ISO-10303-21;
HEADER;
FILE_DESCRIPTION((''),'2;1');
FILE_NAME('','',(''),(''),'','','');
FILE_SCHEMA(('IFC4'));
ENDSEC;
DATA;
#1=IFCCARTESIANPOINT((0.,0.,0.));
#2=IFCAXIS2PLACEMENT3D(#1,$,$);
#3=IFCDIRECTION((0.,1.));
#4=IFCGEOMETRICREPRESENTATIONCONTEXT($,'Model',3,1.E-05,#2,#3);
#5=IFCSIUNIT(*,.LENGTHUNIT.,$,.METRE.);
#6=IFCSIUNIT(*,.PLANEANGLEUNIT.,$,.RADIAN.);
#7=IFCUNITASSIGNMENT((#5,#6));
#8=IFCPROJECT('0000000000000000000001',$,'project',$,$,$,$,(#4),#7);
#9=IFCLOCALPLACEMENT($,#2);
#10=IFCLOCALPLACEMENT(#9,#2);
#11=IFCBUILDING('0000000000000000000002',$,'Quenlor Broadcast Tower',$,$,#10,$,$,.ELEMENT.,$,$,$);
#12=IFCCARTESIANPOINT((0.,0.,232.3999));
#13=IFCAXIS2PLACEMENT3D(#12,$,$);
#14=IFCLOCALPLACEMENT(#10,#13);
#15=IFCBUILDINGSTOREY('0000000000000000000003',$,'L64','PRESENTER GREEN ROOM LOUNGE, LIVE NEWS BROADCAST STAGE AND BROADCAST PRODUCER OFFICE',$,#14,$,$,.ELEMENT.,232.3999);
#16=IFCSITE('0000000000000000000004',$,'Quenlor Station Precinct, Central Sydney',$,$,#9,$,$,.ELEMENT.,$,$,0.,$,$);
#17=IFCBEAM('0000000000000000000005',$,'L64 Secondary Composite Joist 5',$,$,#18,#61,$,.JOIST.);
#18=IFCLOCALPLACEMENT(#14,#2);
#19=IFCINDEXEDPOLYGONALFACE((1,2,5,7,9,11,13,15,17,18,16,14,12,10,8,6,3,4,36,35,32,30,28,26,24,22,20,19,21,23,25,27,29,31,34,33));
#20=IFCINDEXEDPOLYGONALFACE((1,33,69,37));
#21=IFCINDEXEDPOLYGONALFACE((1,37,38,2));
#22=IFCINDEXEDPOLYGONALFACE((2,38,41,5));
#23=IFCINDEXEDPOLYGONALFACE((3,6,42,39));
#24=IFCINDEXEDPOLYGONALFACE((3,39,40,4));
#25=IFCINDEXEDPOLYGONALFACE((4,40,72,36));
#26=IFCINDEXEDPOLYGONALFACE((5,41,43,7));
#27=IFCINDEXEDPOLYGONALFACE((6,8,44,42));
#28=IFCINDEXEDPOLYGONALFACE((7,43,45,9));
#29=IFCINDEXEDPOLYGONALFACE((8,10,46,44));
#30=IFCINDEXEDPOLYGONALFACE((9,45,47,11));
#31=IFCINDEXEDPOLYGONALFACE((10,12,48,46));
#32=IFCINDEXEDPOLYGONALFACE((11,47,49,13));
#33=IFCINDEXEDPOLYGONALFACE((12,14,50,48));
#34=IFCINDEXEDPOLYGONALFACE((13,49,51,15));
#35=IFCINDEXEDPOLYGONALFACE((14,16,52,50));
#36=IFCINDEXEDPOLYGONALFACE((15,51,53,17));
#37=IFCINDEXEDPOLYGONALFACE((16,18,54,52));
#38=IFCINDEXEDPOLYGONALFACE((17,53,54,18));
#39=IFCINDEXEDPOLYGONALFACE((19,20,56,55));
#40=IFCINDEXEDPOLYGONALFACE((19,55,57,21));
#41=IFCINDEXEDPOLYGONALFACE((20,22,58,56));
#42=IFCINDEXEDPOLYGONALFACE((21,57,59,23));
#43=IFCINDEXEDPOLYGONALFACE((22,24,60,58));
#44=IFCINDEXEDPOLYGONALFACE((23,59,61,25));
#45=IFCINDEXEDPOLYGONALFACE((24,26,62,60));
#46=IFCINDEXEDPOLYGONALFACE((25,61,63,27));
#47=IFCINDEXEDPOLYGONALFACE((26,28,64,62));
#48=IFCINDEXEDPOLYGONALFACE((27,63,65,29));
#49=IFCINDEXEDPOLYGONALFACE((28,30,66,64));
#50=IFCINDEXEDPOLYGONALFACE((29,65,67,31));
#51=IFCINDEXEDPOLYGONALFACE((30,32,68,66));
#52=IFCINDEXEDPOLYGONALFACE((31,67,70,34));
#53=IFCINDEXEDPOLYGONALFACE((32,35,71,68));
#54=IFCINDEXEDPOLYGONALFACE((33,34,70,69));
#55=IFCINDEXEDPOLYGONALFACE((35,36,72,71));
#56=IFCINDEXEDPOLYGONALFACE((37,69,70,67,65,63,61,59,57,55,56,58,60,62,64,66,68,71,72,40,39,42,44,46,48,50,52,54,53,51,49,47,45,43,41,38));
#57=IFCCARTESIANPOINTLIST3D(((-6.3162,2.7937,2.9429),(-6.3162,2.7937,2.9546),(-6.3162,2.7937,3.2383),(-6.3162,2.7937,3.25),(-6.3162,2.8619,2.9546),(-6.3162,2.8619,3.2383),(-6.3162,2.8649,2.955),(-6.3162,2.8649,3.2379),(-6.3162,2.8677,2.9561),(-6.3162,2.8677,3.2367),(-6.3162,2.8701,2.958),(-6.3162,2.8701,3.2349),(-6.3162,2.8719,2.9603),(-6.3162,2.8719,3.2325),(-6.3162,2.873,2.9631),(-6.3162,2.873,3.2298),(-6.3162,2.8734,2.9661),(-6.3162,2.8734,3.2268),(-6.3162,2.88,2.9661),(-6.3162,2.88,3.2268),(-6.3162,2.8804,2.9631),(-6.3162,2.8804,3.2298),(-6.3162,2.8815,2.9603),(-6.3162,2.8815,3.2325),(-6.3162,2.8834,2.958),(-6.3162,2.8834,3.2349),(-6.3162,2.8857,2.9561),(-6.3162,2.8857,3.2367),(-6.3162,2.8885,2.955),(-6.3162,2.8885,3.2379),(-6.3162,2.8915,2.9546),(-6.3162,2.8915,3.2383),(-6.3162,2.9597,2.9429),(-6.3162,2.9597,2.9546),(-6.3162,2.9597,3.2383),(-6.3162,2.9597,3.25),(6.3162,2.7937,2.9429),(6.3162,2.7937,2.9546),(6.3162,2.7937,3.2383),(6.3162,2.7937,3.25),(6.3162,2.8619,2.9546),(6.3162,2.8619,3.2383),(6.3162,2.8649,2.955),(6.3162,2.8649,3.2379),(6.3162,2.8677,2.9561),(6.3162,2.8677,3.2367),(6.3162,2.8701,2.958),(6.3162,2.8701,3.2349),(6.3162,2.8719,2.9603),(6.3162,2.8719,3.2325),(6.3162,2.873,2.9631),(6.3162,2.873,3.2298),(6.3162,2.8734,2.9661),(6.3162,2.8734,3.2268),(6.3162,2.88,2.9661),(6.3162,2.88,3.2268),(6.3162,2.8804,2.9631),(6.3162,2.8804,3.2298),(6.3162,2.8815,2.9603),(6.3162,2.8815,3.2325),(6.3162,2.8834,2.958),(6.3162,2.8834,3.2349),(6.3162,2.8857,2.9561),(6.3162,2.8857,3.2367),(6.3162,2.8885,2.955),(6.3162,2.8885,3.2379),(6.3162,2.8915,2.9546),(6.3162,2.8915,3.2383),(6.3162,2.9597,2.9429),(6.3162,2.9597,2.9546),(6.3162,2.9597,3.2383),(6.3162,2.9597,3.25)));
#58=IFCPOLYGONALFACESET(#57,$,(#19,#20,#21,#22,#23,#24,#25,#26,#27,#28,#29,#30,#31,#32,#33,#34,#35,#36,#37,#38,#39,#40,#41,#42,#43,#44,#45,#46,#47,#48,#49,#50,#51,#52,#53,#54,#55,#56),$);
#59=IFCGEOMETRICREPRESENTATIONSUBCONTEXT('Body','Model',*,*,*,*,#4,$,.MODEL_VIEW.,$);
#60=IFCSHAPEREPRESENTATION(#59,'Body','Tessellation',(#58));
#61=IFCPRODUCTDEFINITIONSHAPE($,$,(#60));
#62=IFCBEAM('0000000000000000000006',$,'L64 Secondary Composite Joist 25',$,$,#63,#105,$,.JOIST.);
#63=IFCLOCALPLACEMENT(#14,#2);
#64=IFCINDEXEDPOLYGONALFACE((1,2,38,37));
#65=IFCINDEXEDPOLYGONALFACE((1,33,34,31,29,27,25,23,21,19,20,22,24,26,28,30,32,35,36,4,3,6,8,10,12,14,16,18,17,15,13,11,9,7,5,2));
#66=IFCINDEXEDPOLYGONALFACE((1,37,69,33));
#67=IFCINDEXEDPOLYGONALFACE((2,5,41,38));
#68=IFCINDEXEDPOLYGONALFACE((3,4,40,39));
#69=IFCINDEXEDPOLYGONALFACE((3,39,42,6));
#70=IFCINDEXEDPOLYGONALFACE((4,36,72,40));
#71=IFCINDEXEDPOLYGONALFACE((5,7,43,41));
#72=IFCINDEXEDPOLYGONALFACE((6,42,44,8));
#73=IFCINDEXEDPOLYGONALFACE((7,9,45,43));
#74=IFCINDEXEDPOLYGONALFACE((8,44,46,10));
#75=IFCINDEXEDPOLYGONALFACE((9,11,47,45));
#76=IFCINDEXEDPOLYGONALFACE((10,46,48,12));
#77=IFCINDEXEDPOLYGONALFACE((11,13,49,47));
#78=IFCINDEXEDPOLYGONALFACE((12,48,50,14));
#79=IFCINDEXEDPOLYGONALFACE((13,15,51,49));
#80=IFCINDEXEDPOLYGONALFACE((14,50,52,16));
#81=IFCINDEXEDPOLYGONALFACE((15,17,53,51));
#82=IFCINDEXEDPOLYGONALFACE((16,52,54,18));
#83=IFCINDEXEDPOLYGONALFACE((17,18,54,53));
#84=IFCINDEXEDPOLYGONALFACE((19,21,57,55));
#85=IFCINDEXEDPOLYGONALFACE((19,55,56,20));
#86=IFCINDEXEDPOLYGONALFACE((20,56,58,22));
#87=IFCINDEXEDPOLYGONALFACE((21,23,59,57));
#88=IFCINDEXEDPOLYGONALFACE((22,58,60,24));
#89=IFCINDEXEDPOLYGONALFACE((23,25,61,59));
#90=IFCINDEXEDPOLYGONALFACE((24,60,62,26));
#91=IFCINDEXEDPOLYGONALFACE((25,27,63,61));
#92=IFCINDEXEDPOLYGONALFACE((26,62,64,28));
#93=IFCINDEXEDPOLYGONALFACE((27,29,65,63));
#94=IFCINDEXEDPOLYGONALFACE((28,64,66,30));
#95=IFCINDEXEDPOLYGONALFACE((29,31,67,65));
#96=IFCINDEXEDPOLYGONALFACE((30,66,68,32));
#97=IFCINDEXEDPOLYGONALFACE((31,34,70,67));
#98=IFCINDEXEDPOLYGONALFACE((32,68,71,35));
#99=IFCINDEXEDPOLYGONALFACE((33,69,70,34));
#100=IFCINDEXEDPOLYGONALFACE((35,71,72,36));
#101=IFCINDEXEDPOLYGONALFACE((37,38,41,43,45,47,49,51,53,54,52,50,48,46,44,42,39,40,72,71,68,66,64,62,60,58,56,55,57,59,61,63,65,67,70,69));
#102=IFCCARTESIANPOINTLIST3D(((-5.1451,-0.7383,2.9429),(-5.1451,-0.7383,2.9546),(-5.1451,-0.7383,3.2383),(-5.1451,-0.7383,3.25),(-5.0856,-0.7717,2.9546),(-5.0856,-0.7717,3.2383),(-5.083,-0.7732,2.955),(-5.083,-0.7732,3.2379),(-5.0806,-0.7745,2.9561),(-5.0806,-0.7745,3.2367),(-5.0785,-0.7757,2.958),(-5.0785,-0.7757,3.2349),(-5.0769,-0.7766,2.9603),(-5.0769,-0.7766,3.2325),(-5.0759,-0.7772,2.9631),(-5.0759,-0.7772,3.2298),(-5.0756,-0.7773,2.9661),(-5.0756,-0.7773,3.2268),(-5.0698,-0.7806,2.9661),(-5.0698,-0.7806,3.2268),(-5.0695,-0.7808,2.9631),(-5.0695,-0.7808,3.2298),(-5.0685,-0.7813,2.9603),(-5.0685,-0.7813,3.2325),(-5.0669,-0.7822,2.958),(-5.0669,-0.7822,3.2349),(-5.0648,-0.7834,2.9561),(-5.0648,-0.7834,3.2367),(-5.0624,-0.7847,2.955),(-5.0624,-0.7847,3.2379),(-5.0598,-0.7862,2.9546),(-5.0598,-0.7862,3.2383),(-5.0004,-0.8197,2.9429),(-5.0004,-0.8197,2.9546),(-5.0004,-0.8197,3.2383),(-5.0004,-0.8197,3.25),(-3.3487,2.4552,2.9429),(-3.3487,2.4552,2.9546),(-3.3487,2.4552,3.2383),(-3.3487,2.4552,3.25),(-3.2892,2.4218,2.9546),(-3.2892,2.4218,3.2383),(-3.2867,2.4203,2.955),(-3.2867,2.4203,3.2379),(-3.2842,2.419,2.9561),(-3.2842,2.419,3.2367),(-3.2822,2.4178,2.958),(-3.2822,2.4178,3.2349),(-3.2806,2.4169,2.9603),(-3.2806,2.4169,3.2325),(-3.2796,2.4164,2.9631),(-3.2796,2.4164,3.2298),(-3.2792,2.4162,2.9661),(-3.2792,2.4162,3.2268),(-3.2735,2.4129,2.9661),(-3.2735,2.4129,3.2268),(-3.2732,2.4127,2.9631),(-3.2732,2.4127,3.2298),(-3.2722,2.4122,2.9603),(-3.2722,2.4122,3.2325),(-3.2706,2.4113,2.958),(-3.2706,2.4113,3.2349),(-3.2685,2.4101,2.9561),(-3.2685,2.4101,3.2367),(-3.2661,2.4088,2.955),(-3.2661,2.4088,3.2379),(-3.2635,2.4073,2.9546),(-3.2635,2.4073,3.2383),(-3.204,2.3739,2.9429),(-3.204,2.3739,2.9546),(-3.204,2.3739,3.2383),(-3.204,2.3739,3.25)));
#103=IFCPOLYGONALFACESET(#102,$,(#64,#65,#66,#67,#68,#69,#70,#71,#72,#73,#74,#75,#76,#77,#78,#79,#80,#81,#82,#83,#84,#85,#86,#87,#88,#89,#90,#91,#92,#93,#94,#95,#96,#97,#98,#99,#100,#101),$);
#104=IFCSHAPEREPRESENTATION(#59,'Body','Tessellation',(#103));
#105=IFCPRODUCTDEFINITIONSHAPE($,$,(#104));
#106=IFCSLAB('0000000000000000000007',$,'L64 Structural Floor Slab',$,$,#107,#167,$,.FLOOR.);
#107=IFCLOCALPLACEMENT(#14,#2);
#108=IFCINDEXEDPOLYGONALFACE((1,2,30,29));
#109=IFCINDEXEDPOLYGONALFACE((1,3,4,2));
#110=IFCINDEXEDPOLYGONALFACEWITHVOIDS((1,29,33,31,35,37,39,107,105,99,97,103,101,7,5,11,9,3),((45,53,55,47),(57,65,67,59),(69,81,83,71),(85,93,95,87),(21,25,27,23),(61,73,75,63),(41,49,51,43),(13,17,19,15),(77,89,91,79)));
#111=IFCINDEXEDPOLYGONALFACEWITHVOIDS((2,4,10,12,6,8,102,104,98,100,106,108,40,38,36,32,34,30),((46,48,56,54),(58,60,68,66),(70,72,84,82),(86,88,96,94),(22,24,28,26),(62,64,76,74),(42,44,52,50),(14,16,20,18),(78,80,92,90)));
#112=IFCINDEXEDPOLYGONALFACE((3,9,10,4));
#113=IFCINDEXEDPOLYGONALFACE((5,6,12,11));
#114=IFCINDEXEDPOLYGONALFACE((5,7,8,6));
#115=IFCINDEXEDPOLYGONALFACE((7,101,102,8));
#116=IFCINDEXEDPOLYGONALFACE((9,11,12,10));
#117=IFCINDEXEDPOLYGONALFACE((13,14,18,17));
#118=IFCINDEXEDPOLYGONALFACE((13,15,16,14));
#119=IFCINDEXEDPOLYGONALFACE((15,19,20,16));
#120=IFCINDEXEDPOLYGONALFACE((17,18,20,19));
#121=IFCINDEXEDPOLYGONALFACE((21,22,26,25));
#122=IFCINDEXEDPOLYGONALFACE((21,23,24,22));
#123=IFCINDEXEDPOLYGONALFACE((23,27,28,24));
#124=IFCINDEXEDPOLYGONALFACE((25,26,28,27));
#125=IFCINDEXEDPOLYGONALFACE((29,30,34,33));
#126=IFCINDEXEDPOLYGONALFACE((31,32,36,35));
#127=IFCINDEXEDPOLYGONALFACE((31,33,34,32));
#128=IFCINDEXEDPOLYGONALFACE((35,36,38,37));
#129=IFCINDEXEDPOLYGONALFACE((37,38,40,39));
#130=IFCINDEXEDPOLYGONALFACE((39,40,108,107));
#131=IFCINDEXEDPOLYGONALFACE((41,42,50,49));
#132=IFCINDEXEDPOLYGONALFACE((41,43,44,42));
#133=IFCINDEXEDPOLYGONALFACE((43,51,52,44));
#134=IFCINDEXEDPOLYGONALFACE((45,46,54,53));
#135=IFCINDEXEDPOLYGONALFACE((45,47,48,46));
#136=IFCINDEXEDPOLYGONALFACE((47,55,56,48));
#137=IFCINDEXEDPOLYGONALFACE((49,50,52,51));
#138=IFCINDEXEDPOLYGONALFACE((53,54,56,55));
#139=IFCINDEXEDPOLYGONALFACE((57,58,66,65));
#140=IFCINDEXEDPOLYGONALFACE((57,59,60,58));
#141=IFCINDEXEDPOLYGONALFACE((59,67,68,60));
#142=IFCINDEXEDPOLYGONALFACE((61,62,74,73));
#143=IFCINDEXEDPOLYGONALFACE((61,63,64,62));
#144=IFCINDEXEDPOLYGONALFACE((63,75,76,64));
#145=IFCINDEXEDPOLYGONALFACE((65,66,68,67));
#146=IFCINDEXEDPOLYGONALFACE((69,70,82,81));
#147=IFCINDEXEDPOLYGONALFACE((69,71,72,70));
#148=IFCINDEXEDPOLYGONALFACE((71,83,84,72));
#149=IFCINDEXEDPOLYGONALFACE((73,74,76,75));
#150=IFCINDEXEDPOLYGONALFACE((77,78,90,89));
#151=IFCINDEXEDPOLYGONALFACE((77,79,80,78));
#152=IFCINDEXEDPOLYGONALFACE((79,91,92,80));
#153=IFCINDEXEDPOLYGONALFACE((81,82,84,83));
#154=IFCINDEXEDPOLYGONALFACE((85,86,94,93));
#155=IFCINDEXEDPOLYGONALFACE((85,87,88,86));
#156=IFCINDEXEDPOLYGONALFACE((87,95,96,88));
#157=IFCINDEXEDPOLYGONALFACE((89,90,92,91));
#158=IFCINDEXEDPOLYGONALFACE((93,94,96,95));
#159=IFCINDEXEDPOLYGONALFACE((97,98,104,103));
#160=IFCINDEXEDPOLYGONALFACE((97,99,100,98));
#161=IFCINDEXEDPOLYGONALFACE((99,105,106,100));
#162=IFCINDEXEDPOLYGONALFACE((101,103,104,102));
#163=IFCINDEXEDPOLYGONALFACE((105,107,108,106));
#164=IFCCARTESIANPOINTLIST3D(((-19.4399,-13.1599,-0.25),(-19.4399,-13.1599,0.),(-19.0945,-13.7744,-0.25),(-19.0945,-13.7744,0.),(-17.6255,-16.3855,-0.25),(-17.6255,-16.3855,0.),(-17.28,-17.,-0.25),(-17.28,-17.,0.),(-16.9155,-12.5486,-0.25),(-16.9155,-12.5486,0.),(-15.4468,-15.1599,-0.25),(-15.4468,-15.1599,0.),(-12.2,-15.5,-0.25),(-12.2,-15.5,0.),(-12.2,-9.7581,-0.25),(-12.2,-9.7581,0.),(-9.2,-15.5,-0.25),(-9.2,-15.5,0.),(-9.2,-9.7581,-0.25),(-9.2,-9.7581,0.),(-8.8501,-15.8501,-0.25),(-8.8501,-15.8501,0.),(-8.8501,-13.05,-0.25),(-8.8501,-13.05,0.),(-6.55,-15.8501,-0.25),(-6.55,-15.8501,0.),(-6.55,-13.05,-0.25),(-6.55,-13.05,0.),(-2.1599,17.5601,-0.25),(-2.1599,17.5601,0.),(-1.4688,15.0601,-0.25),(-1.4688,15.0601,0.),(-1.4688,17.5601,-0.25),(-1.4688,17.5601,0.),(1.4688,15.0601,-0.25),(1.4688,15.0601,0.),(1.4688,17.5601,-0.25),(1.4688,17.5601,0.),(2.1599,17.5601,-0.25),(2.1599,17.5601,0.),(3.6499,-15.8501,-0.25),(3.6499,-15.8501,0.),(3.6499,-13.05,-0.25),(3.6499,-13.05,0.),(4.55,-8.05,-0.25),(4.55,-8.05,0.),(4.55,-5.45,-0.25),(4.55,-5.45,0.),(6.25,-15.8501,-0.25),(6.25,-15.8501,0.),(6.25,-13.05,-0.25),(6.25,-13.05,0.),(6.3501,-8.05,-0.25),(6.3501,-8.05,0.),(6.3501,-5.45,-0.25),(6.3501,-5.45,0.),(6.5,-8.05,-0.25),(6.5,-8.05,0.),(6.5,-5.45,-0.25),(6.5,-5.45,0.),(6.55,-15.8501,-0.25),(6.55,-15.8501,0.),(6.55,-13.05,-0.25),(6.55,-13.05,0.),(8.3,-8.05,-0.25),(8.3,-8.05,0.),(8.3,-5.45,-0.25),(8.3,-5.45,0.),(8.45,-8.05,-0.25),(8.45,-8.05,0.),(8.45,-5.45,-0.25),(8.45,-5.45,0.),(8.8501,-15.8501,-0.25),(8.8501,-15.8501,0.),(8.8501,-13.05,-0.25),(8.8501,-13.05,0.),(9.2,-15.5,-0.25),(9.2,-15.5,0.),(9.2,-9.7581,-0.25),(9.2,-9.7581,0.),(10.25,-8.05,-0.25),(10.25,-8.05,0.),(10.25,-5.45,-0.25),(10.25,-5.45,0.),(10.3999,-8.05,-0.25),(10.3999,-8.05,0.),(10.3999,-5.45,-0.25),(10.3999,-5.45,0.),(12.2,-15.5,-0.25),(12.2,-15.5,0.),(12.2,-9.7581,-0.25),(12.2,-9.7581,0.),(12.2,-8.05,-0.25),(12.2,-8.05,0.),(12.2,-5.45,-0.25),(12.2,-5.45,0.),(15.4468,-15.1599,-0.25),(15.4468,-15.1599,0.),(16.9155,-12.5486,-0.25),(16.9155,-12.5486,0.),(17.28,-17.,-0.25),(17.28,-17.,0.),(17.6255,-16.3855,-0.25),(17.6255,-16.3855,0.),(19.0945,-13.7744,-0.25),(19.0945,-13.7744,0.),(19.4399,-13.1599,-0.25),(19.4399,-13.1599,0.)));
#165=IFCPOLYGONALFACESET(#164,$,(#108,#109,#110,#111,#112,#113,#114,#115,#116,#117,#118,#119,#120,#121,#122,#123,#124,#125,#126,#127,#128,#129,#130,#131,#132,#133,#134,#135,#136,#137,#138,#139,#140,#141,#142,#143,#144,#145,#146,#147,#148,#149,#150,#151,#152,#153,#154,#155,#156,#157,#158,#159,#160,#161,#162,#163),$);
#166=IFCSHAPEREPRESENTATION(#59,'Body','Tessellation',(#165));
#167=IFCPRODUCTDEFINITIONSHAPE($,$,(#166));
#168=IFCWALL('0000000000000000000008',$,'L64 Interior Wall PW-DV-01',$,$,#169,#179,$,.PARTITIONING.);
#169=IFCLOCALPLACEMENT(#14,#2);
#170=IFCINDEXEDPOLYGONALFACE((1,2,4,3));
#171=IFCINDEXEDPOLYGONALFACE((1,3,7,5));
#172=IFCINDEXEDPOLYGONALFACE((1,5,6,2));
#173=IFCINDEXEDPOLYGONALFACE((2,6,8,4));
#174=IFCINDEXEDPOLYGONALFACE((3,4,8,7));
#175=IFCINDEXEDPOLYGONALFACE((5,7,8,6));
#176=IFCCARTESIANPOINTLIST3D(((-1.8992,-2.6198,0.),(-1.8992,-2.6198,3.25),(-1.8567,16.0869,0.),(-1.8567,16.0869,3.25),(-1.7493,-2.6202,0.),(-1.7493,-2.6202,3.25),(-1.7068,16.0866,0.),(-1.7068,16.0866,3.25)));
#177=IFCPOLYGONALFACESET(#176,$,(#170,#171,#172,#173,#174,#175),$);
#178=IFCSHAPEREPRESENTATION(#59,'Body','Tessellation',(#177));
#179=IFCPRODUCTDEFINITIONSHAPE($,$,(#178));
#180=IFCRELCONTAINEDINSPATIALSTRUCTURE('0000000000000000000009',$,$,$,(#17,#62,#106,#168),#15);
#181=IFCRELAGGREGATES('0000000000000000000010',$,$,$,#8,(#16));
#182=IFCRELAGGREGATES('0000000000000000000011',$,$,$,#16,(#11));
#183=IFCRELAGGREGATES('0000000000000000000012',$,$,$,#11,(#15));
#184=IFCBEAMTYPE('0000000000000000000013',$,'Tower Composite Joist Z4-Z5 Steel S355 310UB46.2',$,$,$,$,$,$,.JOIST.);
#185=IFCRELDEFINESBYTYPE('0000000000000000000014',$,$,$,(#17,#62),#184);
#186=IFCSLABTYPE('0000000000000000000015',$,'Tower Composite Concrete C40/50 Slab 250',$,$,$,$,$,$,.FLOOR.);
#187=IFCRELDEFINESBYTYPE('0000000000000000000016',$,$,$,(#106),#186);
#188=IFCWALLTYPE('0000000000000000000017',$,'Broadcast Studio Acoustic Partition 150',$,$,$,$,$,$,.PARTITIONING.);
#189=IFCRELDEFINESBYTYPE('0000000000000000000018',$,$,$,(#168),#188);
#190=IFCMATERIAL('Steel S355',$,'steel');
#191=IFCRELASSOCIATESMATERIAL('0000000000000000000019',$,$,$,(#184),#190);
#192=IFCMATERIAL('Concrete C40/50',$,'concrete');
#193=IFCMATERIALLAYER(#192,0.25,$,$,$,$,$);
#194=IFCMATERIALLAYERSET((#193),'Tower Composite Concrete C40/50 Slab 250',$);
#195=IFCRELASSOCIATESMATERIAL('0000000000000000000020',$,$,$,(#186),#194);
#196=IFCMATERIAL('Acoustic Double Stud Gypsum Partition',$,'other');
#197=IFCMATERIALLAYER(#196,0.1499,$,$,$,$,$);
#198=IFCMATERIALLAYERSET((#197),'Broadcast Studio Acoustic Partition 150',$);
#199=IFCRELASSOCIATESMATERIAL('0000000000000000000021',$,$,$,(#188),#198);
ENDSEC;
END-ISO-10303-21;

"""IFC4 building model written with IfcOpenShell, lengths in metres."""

from ifc_helpers import new_model, si_unit, direction, frame, frame_2d, origin, origin_2d, place, context, subcontext, project, spatial, polyline, rectangle, i_section, outline, extrude, material, layer, layer_set, material_profile, profile_set, type_object, element, save


model = new_model("IFC4")

# Units and contexts
model_context = context("Model", 3, precision=1e-05, world=origin(), true_north=direction((0.0, 1.0)))
body_context = subcontext(model_context, "Body", "Model", "MODEL_VIEW")
ifc_project = project(units=[si_unit("LENGTHUNIT", "METRE"), si_unit("PLANEANGLEUNIT", "RADIAN")], contexts=[model_context])

# Site, building, storey
site_placement = place(None, origin())
site = spatial("IfcSite", under=ifc_project, at=site_placement, Name="Quenlor Station Precinct, Central Sydney", CompositionType="ELEMENT", RefElevation=0.0)
building_placement = place(site_placement, origin())
building = spatial("IfcBuilding", under=site, at=building_placement, Name="Quenlor Broadcast Tower", CompositionType="ELEMENT")
storey_placement = place(building_placement, frame((0.0, 0.0, 232.3999)))
storey = spatial("IfcBuildingStorey", under=building, at=storey_placement, Name="L64", Description="PRESENTER GREEN ROOM LOUNGE, LIVE NEWS BROADCAST STAGE AND BROADCAST PRODUCER OFFICE", CompositionType="ELEMENT", Elevation=232.3999)

# Beams
ifc_material_1 = material(Name="Steel S355", Category="steel")
ifc_material_profile_1 = material_profile(ifc_material_1, i_section(OverallWidth=0.166, OverallDepth=0.3071, WebThickness=0.0066, FlangeThickness=0.0117, FilletRadius=0.0115, at=origin_2d()))
ifc_profile_set_1 = profile_set([ifc_material_profile_1], Name="Steel S355 310UB46.2")
beam_type = type_object("IfcBeamType", Name="Tower Composite Joist Z4-Z5 Steel S355 310UB46.2", PredefinedType="JOIST", material=ifc_profile_set_1)
beam_1_placement = place(storey_placement, frame((-6.3162, 2.8767, 3.0964), z_axis=(1.0, 0.0, 0.0), x_axis=(0.0, 1.0, 0.0)))
element("IfcBeam", 1, at=beam_1_placement, inside=storey, type_object=beam_type, Name="L64 Secondary Composite Joist 5", PredefinedType="JOIST", context=body_context, shape_type="SweptSolid", body=[
    extrude(i_section(OverallWidth=0.166, OverallDepth=0.3071, WebThickness=0.0066, FlangeThickness=0.0117, FilletRadius=0.0115, at=origin_2d()), origin(), (0.0, 0.0, 1.0), 12.6323),
])
beam_2_placement = place(storey_placement, frame((-3.2764, 2.4146, 3.0964), z_axis=(-0.490258, -0.871577, 0.0), x_axis=(0.871577, -0.490258, 0.0)))
element("IfcBeam", 2, at=beam_2_placement, inside=storey, type_object=beam_type, Name="L64 Secondary Composite Joist 25", PredefinedType="JOIST", context=body_context, shape_type="SweptSolid", body=[
    extrude(i_section(OverallWidth=0.166, OverallDepth=0.3071, WebThickness=0.0066, FlangeThickness=0.0117, FilletRadius=0.0115, at=origin_2d()), origin(), (0.0, 0.0, 1.0), 3.6641),
])

# Slab
ifc_material_2 = material(Name="Concrete C40/50", Category="concrete")
ifc_layer_1 = layer(ifc_material_2, 0.25)
ifc_layer_set_1 = layer_set([ifc_layer_1], Name="Tower Composite Concrete C40/50 Slab 250")
slab_type = type_object("IfcSlabType", Name="Tower Composite Concrete C40/50 Slab 250", PredefinedType="FLOOR", material=ifc_layer_set_1)
slab_placement = place(storey_placement, frame((0.0, 0.0, -0.25)))
element("IfcSlab", 3, at=slab_placement, inside=storey, type_object=slab_type, Name="L64 Structural Floor Slab", PredefinedType="FLOOR", context=body_context, shape_type="SweptSolid", body=[
    extrude(outline(polyline([(17.28, -17.0), (17.6255, -16.3855), (15.4468, -15.1599), (16.9155, -12.5486), (19.0945, -13.7744), (19.4399, -13.1599), (2.1599, 17.5601), (1.4688, 17.5601), (1.4688, 15.0601), (-1.4688, 15.0601), (-1.4688, 17.5601), (-2.1599, 17.5601), (-19.4399, -13.1599), (-19.0945, -13.7744), (-16.9155, -12.5486), (-15.4468, -15.1599), (-17.6255, -16.3855), (-17.28, -17.0), (17.28, -17.0)]), holes=[polyline([(-12.2, -9.7581), (-12.2, -15.5), (-9.2, -15.5), (-9.2, -9.7581), (-12.2, -9.7581)]), polyline([(9.2, -9.7581), (9.2, -15.5), (12.2, -15.5), (12.2, -9.7581), (9.2, -9.7581)]), polyline([(4.55, -8.05), (6.3501, -8.05), (6.3501, -5.45), (4.55, -5.45), (4.55, -8.05)]), polyline([(6.5, -8.05), (8.3, -8.05), (8.3, -5.45), (6.5, -5.45), (6.5, -8.05)]), polyline([(8.45, -8.05), (10.25, -8.05), (10.25, -5.45), (8.45, -5.45), (8.45, -8.05)]), polyline([(10.3999, -8.05), (12.2, -8.05), (12.2, -5.45), (10.3999, -5.45), (10.3999, -8.05)]), polyline([(-8.8501, -15.8501), (-6.55, -15.8501), (-6.55, -13.05), (-8.8501, -13.05), (-8.8501, -15.8501)]), polyline([(6.55, -15.8501), (8.8501, -15.8501), (8.8501, -13.05), (6.55, -13.05), (6.55, -15.8501)]), polyline([(3.6499, -15.8501), (6.25, -15.8501), (6.25, -13.05), (3.6499, -13.05), (3.6499, -15.8501)])]), origin(), (0.0, 0.0, 1.0), 0.25),
])

# Wall
ifc_material_3 = material(Name="Acoustic Double Stud Gypsum Partition", Category="other")
ifc_layer_2 = layer(ifc_material_3, 0.1499)
ifc_layer_set_2 = layer_set([ifc_layer_2], Name="Broadcast Studio Acoustic Partition 150")
wall_type_1 = type_object("IfcWallType", Name="Broadcast Studio Acoustic Partition 150", PredefinedType="PARTITIONING", material=ifc_layer_set_2)
wall_1_placement = place(storey_placement, frame((-1.8242, -2.6201, 0.0), z_axis=(0.0, 0.0, 1.0), x_axis=(0.002271, 0.999997, 0.0)))
element("IfcWall", 4, at=wall_1_placement, inside=storey, type_object=wall_type_1, Name="L64 Interior Wall PW-DV-01", PredefinedType="PARTITIONING", context=body_context, shape_type="SweptSolid", body=[
    extrude(rectangle(XDim=18.7068, YDim=0.1499, at=frame_2d((9.3535, 0.0))), origin(), (0.0, 0.0, 1.0), 3.25),
])

save(model, "model.ifc")
